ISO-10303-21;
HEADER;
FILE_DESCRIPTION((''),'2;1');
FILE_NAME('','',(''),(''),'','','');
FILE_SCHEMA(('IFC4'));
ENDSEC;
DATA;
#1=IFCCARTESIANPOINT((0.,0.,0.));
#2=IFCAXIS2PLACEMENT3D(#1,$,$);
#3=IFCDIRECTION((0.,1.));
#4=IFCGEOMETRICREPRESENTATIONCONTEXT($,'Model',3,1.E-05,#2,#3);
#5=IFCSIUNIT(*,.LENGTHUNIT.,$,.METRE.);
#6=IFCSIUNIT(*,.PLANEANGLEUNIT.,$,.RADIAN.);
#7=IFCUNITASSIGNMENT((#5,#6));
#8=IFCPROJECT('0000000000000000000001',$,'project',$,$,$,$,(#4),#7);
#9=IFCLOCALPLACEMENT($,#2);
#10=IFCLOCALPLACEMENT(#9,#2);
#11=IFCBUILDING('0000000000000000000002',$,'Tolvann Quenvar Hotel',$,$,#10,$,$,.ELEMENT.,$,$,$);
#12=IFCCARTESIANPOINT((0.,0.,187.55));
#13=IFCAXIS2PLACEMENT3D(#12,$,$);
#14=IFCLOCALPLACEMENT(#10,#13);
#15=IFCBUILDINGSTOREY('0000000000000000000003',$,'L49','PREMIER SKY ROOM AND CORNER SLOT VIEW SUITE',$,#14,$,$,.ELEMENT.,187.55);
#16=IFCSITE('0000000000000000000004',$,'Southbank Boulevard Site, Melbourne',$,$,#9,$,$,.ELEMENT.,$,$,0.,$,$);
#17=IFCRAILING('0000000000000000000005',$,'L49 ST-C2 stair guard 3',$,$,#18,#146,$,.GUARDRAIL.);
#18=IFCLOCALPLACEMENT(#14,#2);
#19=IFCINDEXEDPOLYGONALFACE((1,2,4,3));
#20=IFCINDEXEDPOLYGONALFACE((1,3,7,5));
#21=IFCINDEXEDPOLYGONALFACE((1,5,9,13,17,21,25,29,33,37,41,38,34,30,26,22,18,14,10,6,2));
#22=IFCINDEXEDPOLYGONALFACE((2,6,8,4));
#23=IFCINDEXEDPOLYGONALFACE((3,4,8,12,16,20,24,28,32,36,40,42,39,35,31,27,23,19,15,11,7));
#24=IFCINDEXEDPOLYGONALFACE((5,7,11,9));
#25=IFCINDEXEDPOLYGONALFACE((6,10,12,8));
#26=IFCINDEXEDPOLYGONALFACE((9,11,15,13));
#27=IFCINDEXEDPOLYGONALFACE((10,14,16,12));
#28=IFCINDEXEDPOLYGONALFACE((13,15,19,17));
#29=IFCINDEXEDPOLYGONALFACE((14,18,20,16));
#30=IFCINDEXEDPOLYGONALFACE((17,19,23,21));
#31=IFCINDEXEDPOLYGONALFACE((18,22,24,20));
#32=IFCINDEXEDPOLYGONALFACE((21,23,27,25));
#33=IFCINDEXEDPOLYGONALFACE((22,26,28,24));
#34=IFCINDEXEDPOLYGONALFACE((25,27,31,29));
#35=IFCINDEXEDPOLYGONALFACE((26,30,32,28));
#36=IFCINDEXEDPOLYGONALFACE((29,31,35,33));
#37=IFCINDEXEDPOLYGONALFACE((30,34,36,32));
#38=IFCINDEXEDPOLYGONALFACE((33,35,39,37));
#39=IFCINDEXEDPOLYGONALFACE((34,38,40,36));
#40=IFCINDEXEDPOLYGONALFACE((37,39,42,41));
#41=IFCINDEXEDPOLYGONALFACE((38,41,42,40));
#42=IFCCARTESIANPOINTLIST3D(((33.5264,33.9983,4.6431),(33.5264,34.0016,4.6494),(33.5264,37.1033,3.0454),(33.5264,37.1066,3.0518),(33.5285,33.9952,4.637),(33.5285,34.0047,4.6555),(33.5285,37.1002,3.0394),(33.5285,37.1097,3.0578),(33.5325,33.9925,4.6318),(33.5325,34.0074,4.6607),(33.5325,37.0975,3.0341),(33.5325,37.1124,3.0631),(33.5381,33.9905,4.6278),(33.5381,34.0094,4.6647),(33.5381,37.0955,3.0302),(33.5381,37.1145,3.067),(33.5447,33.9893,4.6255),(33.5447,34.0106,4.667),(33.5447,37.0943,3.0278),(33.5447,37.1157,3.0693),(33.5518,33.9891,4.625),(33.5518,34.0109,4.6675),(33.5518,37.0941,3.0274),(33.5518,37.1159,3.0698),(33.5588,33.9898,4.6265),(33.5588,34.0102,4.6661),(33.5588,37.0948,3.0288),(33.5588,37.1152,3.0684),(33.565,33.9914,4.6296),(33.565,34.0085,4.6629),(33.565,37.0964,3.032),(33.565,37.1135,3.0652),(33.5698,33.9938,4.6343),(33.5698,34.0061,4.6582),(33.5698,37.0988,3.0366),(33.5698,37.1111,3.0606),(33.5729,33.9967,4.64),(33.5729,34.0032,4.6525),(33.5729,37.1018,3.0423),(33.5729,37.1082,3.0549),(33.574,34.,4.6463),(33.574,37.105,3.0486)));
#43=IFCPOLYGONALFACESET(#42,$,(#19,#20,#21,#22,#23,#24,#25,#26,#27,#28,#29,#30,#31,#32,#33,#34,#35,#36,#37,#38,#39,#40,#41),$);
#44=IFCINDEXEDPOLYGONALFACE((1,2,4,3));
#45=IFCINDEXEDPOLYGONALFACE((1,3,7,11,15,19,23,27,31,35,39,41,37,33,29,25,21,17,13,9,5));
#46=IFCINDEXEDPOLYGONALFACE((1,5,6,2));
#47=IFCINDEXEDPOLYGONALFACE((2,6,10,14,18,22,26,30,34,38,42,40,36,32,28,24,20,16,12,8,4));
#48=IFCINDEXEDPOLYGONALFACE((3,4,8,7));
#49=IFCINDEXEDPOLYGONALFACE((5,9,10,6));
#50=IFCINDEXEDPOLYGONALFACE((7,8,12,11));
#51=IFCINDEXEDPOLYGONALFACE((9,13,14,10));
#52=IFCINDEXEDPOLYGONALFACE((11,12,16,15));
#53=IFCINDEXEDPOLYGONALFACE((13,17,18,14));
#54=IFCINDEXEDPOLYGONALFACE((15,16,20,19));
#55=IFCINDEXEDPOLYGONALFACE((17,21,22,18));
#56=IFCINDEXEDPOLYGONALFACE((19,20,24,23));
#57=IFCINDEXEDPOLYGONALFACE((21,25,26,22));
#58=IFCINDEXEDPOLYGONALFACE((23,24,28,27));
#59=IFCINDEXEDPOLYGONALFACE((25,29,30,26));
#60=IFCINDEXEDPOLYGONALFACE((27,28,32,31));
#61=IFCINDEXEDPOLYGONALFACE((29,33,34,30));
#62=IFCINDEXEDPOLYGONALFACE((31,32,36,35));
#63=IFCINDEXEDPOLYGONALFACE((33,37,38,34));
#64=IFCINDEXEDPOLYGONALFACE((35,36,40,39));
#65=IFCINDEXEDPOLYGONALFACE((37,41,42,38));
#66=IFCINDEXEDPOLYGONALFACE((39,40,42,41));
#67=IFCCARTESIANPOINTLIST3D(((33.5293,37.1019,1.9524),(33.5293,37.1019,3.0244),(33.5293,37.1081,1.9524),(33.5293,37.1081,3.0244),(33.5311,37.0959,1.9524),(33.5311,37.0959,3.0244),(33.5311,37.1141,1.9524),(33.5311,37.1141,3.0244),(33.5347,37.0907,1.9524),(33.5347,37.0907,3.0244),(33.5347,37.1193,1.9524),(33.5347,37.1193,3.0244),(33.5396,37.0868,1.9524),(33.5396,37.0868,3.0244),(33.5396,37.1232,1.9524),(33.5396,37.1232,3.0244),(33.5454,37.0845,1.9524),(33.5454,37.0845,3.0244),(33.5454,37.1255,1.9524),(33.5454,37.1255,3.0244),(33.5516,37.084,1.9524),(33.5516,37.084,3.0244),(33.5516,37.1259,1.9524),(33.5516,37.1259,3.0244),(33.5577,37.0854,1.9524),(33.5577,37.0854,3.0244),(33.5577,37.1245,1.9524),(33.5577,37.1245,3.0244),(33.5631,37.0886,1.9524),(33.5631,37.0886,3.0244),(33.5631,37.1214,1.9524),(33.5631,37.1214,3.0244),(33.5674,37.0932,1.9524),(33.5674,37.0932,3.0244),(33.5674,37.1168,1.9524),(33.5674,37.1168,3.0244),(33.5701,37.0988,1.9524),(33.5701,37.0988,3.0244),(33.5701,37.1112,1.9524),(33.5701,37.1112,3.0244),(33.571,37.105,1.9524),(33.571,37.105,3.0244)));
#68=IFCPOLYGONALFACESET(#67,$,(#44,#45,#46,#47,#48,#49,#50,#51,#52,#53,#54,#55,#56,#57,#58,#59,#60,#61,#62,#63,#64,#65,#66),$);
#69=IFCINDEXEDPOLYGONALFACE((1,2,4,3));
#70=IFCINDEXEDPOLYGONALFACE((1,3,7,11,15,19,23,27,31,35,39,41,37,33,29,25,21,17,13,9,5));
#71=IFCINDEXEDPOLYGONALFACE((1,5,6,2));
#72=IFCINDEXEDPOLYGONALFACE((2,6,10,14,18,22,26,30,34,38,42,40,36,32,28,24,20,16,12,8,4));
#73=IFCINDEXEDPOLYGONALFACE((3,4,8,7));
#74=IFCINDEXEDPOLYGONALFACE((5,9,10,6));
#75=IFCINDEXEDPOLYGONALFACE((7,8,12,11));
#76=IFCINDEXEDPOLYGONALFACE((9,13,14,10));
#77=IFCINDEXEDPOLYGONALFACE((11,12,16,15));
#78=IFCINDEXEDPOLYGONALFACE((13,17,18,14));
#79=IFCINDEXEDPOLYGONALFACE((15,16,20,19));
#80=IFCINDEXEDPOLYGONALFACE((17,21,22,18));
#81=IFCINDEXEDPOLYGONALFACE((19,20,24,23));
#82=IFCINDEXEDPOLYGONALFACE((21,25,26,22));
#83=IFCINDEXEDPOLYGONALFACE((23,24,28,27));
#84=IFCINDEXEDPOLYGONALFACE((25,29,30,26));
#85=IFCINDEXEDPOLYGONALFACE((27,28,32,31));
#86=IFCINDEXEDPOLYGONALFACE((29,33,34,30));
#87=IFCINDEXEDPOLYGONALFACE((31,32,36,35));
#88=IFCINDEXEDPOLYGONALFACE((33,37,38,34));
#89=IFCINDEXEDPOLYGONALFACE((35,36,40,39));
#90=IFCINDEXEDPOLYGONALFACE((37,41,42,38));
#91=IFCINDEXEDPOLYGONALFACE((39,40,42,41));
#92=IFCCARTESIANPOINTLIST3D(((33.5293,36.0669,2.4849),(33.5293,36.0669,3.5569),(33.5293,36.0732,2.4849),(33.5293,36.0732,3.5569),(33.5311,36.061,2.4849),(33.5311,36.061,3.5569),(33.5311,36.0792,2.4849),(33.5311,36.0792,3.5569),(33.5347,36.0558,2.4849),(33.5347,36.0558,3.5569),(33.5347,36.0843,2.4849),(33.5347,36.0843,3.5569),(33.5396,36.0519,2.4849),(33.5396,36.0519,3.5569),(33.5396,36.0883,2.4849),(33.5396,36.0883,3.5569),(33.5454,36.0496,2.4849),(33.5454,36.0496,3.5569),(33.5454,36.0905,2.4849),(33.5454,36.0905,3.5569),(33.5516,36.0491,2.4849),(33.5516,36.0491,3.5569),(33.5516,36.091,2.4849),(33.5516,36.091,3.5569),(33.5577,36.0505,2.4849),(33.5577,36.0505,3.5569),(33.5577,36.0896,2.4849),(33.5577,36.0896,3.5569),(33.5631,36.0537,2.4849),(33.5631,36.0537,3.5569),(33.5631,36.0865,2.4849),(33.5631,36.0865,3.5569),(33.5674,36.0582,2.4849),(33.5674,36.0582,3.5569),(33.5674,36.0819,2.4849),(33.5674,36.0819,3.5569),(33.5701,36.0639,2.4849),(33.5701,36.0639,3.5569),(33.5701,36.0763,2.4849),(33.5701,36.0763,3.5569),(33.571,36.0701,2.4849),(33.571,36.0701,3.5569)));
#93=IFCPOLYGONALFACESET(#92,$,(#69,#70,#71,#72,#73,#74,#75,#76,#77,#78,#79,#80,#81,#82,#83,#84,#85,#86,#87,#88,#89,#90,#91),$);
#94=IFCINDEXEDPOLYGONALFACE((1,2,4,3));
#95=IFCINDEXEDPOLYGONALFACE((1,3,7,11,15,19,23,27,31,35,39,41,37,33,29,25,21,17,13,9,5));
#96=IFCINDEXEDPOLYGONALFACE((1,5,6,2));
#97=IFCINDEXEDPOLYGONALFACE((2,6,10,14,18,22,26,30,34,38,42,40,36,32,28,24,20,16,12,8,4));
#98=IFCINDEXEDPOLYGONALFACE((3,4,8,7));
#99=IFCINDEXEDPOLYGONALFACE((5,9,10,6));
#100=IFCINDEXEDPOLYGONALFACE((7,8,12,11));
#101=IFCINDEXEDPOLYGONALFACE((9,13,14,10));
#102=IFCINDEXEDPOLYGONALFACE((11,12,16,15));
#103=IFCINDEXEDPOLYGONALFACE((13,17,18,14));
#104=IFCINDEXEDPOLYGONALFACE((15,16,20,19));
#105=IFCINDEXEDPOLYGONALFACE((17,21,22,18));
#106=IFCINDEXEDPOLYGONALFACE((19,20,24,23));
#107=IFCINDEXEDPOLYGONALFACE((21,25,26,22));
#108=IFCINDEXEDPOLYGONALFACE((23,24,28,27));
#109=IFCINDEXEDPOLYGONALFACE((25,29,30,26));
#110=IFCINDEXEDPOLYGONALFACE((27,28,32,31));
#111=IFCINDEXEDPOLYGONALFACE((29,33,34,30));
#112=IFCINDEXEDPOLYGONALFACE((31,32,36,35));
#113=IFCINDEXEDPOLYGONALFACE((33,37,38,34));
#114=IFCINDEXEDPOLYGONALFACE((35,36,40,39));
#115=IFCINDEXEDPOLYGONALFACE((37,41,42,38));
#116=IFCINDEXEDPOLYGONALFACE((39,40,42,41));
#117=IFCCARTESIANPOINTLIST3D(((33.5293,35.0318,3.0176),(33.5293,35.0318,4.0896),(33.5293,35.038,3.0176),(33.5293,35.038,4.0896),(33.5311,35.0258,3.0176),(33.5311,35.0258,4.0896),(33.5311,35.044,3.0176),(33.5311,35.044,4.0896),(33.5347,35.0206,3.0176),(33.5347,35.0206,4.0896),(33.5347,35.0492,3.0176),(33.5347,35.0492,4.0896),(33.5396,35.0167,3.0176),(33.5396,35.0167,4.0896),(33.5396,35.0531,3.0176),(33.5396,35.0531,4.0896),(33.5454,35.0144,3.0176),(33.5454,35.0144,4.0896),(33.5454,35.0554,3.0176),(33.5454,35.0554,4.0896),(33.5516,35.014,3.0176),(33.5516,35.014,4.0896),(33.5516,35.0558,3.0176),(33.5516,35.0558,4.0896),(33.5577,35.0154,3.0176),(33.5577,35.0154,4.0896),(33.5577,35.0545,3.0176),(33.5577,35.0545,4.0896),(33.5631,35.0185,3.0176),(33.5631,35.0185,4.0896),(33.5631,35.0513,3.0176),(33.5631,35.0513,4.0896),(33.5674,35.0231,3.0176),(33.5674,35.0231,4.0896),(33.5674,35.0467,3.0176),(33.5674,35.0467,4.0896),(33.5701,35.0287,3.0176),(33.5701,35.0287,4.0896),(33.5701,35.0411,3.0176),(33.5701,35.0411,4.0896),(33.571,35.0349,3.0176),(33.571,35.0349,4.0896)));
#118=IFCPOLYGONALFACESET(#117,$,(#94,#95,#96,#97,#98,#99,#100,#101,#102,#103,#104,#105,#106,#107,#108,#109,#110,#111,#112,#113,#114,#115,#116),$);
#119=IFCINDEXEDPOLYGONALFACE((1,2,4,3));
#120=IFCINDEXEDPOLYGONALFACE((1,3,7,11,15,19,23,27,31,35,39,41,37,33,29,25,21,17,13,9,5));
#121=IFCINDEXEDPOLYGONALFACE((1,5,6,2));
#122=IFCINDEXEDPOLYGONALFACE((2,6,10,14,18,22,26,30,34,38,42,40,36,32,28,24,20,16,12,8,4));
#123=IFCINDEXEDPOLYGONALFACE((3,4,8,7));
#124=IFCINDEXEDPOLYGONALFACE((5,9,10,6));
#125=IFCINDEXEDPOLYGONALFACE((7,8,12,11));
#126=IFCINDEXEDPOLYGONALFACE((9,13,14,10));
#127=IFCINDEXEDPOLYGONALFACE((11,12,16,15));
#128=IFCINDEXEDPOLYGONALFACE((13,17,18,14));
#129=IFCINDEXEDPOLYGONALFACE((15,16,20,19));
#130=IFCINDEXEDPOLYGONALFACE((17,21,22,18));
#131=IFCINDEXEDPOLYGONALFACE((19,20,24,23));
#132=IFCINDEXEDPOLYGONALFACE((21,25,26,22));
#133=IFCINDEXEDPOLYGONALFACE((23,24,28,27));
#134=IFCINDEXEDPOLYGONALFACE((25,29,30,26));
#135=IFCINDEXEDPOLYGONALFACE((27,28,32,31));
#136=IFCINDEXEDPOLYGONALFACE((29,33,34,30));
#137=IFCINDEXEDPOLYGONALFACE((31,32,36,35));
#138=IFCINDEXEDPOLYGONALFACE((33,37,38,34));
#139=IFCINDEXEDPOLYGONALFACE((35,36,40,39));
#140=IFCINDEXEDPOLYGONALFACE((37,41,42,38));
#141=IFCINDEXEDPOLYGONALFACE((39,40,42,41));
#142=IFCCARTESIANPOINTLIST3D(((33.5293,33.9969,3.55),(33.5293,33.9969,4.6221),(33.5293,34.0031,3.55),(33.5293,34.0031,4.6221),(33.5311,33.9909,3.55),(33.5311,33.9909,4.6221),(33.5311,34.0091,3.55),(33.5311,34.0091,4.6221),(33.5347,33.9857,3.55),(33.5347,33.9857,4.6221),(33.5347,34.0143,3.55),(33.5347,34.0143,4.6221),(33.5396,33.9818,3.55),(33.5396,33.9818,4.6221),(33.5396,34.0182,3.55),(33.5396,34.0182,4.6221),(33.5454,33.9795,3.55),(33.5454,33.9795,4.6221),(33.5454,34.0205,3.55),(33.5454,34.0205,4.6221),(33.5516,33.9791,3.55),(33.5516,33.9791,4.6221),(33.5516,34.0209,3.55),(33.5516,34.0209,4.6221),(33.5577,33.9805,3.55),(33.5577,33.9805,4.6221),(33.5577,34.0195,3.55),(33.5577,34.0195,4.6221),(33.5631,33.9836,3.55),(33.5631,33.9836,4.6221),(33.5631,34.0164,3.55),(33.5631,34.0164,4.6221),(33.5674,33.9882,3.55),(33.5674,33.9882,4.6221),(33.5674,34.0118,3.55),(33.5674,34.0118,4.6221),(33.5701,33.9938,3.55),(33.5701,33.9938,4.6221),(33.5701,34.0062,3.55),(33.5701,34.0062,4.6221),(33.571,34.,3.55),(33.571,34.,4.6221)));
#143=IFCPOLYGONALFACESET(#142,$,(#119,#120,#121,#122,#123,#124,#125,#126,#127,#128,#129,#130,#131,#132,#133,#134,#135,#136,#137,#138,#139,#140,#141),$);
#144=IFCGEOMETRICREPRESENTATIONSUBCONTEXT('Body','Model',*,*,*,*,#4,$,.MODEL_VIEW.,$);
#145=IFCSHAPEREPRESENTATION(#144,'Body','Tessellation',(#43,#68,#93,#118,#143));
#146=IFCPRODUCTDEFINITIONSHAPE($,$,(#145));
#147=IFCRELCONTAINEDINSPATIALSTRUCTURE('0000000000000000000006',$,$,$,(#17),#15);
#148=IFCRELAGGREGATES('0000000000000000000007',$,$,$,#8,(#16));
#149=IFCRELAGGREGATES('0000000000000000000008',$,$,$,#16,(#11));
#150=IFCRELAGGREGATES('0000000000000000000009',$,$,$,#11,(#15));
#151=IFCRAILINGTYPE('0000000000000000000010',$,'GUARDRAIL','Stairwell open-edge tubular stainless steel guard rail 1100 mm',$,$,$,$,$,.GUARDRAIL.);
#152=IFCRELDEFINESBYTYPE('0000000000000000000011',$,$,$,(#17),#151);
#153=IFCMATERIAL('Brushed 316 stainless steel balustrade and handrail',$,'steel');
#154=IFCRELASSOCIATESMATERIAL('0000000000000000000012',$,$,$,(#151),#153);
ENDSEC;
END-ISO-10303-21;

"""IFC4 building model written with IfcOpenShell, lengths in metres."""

from ifc_helpers import new_model, si_unit, direction, frame, origin, origin_2d, place, context, subcontext, project, spatial, circle, extrude, material, type_object, element, save


model = new_model("IFC4")

# Units and contexts
model_context = context("Model", 3, precision=1e-05, world=origin(), true_north=direction((0.0, 1.0)))
body_context = subcontext(model_context, "Body", "Model", "MODEL_VIEW")
ifc_project = project(units=[si_unit("LENGTHUNIT", "METRE"), si_unit("PLANEANGLEUNIT", "RADIAN")], contexts=[model_context])

# Site, building, storey
site_placement = place(None, origin())
site = spatial("IfcSite", under=ifc_project, at=site_placement, Name="Southbank Boulevard Site, Melbourne", CompositionType="ELEMENT", RefElevation=0.0)
building_placement = place(site_placement, origin())
building = spatial("IfcBuilding", under=site, at=building_placement, Name="Tolvann Quenvar Hotel", CompositionType="ELEMENT")
storey_placement = place(building_placement, frame((0.0, 0.0, 187.55)))
storey = spatial("IfcBuildingStorey", under=building, at=storey_placement, Name="L49", Description="PREMIER SKY ROOM AND CORNER SLOT VIEW SUITE", CompositionType="ELEMENT", Elevation=187.55)

# Railing
ifc_material_1 = material(Name="Brushed 316 stainless steel balustrade and handrail", Category="steel")
railing_type_1 = type_object("IfcRailingType", Name="GUARDRAIL", Description="Stairwell open-edge tubular stainless steel guard rail 1100 mm", PredefinedType="GUARDRAIL", material=ifc_material_1)
railing_1_placement = place(storey_placement, frame((33.55, 37.105, 1.9524)))
element("IfcRailing", 1, at=railing_1_placement, inside=storey, type_object=railing_type_1, Name="L49 ST-C2 stair guard 3", PredefinedType="GUARDRAIL", context=body_context, shape_type="SweptSolid", body=[
    extrude(circle(Radius=0.0239, at=origin_2d()), frame((0.0, 0.0, 1.0962), z_axis=(0.0, -0.889194, 0.457531), x_axis=(1.0, 0.0, 0.0)), (0.0, 0.0, 1.0), 3.4919),
    extrude(circle(Radius=0.021, at=origin_2d()), origin(), (0.0, 0.0, 1.0), 1.072),
    extrude(circle(Radius=0.021, at=origin_2d()), frame((0.0, -1.0349, 0.5325)), (0.0, 0.0, 1.0), 1.072),
    extrude(circle(Radius=0.021, at=origin_2d()), frame((0.0, -2.0701, 1.0652)), (0.0, 0.0, 1.0), 1.072),
    extrude(circle(Radius=0.021, at=origin_2d()), frame((0.0, -3.105, 1.5977)), (0.0, 0.0, 1.0), 1.072),
])

save(model, "model.ifc")
